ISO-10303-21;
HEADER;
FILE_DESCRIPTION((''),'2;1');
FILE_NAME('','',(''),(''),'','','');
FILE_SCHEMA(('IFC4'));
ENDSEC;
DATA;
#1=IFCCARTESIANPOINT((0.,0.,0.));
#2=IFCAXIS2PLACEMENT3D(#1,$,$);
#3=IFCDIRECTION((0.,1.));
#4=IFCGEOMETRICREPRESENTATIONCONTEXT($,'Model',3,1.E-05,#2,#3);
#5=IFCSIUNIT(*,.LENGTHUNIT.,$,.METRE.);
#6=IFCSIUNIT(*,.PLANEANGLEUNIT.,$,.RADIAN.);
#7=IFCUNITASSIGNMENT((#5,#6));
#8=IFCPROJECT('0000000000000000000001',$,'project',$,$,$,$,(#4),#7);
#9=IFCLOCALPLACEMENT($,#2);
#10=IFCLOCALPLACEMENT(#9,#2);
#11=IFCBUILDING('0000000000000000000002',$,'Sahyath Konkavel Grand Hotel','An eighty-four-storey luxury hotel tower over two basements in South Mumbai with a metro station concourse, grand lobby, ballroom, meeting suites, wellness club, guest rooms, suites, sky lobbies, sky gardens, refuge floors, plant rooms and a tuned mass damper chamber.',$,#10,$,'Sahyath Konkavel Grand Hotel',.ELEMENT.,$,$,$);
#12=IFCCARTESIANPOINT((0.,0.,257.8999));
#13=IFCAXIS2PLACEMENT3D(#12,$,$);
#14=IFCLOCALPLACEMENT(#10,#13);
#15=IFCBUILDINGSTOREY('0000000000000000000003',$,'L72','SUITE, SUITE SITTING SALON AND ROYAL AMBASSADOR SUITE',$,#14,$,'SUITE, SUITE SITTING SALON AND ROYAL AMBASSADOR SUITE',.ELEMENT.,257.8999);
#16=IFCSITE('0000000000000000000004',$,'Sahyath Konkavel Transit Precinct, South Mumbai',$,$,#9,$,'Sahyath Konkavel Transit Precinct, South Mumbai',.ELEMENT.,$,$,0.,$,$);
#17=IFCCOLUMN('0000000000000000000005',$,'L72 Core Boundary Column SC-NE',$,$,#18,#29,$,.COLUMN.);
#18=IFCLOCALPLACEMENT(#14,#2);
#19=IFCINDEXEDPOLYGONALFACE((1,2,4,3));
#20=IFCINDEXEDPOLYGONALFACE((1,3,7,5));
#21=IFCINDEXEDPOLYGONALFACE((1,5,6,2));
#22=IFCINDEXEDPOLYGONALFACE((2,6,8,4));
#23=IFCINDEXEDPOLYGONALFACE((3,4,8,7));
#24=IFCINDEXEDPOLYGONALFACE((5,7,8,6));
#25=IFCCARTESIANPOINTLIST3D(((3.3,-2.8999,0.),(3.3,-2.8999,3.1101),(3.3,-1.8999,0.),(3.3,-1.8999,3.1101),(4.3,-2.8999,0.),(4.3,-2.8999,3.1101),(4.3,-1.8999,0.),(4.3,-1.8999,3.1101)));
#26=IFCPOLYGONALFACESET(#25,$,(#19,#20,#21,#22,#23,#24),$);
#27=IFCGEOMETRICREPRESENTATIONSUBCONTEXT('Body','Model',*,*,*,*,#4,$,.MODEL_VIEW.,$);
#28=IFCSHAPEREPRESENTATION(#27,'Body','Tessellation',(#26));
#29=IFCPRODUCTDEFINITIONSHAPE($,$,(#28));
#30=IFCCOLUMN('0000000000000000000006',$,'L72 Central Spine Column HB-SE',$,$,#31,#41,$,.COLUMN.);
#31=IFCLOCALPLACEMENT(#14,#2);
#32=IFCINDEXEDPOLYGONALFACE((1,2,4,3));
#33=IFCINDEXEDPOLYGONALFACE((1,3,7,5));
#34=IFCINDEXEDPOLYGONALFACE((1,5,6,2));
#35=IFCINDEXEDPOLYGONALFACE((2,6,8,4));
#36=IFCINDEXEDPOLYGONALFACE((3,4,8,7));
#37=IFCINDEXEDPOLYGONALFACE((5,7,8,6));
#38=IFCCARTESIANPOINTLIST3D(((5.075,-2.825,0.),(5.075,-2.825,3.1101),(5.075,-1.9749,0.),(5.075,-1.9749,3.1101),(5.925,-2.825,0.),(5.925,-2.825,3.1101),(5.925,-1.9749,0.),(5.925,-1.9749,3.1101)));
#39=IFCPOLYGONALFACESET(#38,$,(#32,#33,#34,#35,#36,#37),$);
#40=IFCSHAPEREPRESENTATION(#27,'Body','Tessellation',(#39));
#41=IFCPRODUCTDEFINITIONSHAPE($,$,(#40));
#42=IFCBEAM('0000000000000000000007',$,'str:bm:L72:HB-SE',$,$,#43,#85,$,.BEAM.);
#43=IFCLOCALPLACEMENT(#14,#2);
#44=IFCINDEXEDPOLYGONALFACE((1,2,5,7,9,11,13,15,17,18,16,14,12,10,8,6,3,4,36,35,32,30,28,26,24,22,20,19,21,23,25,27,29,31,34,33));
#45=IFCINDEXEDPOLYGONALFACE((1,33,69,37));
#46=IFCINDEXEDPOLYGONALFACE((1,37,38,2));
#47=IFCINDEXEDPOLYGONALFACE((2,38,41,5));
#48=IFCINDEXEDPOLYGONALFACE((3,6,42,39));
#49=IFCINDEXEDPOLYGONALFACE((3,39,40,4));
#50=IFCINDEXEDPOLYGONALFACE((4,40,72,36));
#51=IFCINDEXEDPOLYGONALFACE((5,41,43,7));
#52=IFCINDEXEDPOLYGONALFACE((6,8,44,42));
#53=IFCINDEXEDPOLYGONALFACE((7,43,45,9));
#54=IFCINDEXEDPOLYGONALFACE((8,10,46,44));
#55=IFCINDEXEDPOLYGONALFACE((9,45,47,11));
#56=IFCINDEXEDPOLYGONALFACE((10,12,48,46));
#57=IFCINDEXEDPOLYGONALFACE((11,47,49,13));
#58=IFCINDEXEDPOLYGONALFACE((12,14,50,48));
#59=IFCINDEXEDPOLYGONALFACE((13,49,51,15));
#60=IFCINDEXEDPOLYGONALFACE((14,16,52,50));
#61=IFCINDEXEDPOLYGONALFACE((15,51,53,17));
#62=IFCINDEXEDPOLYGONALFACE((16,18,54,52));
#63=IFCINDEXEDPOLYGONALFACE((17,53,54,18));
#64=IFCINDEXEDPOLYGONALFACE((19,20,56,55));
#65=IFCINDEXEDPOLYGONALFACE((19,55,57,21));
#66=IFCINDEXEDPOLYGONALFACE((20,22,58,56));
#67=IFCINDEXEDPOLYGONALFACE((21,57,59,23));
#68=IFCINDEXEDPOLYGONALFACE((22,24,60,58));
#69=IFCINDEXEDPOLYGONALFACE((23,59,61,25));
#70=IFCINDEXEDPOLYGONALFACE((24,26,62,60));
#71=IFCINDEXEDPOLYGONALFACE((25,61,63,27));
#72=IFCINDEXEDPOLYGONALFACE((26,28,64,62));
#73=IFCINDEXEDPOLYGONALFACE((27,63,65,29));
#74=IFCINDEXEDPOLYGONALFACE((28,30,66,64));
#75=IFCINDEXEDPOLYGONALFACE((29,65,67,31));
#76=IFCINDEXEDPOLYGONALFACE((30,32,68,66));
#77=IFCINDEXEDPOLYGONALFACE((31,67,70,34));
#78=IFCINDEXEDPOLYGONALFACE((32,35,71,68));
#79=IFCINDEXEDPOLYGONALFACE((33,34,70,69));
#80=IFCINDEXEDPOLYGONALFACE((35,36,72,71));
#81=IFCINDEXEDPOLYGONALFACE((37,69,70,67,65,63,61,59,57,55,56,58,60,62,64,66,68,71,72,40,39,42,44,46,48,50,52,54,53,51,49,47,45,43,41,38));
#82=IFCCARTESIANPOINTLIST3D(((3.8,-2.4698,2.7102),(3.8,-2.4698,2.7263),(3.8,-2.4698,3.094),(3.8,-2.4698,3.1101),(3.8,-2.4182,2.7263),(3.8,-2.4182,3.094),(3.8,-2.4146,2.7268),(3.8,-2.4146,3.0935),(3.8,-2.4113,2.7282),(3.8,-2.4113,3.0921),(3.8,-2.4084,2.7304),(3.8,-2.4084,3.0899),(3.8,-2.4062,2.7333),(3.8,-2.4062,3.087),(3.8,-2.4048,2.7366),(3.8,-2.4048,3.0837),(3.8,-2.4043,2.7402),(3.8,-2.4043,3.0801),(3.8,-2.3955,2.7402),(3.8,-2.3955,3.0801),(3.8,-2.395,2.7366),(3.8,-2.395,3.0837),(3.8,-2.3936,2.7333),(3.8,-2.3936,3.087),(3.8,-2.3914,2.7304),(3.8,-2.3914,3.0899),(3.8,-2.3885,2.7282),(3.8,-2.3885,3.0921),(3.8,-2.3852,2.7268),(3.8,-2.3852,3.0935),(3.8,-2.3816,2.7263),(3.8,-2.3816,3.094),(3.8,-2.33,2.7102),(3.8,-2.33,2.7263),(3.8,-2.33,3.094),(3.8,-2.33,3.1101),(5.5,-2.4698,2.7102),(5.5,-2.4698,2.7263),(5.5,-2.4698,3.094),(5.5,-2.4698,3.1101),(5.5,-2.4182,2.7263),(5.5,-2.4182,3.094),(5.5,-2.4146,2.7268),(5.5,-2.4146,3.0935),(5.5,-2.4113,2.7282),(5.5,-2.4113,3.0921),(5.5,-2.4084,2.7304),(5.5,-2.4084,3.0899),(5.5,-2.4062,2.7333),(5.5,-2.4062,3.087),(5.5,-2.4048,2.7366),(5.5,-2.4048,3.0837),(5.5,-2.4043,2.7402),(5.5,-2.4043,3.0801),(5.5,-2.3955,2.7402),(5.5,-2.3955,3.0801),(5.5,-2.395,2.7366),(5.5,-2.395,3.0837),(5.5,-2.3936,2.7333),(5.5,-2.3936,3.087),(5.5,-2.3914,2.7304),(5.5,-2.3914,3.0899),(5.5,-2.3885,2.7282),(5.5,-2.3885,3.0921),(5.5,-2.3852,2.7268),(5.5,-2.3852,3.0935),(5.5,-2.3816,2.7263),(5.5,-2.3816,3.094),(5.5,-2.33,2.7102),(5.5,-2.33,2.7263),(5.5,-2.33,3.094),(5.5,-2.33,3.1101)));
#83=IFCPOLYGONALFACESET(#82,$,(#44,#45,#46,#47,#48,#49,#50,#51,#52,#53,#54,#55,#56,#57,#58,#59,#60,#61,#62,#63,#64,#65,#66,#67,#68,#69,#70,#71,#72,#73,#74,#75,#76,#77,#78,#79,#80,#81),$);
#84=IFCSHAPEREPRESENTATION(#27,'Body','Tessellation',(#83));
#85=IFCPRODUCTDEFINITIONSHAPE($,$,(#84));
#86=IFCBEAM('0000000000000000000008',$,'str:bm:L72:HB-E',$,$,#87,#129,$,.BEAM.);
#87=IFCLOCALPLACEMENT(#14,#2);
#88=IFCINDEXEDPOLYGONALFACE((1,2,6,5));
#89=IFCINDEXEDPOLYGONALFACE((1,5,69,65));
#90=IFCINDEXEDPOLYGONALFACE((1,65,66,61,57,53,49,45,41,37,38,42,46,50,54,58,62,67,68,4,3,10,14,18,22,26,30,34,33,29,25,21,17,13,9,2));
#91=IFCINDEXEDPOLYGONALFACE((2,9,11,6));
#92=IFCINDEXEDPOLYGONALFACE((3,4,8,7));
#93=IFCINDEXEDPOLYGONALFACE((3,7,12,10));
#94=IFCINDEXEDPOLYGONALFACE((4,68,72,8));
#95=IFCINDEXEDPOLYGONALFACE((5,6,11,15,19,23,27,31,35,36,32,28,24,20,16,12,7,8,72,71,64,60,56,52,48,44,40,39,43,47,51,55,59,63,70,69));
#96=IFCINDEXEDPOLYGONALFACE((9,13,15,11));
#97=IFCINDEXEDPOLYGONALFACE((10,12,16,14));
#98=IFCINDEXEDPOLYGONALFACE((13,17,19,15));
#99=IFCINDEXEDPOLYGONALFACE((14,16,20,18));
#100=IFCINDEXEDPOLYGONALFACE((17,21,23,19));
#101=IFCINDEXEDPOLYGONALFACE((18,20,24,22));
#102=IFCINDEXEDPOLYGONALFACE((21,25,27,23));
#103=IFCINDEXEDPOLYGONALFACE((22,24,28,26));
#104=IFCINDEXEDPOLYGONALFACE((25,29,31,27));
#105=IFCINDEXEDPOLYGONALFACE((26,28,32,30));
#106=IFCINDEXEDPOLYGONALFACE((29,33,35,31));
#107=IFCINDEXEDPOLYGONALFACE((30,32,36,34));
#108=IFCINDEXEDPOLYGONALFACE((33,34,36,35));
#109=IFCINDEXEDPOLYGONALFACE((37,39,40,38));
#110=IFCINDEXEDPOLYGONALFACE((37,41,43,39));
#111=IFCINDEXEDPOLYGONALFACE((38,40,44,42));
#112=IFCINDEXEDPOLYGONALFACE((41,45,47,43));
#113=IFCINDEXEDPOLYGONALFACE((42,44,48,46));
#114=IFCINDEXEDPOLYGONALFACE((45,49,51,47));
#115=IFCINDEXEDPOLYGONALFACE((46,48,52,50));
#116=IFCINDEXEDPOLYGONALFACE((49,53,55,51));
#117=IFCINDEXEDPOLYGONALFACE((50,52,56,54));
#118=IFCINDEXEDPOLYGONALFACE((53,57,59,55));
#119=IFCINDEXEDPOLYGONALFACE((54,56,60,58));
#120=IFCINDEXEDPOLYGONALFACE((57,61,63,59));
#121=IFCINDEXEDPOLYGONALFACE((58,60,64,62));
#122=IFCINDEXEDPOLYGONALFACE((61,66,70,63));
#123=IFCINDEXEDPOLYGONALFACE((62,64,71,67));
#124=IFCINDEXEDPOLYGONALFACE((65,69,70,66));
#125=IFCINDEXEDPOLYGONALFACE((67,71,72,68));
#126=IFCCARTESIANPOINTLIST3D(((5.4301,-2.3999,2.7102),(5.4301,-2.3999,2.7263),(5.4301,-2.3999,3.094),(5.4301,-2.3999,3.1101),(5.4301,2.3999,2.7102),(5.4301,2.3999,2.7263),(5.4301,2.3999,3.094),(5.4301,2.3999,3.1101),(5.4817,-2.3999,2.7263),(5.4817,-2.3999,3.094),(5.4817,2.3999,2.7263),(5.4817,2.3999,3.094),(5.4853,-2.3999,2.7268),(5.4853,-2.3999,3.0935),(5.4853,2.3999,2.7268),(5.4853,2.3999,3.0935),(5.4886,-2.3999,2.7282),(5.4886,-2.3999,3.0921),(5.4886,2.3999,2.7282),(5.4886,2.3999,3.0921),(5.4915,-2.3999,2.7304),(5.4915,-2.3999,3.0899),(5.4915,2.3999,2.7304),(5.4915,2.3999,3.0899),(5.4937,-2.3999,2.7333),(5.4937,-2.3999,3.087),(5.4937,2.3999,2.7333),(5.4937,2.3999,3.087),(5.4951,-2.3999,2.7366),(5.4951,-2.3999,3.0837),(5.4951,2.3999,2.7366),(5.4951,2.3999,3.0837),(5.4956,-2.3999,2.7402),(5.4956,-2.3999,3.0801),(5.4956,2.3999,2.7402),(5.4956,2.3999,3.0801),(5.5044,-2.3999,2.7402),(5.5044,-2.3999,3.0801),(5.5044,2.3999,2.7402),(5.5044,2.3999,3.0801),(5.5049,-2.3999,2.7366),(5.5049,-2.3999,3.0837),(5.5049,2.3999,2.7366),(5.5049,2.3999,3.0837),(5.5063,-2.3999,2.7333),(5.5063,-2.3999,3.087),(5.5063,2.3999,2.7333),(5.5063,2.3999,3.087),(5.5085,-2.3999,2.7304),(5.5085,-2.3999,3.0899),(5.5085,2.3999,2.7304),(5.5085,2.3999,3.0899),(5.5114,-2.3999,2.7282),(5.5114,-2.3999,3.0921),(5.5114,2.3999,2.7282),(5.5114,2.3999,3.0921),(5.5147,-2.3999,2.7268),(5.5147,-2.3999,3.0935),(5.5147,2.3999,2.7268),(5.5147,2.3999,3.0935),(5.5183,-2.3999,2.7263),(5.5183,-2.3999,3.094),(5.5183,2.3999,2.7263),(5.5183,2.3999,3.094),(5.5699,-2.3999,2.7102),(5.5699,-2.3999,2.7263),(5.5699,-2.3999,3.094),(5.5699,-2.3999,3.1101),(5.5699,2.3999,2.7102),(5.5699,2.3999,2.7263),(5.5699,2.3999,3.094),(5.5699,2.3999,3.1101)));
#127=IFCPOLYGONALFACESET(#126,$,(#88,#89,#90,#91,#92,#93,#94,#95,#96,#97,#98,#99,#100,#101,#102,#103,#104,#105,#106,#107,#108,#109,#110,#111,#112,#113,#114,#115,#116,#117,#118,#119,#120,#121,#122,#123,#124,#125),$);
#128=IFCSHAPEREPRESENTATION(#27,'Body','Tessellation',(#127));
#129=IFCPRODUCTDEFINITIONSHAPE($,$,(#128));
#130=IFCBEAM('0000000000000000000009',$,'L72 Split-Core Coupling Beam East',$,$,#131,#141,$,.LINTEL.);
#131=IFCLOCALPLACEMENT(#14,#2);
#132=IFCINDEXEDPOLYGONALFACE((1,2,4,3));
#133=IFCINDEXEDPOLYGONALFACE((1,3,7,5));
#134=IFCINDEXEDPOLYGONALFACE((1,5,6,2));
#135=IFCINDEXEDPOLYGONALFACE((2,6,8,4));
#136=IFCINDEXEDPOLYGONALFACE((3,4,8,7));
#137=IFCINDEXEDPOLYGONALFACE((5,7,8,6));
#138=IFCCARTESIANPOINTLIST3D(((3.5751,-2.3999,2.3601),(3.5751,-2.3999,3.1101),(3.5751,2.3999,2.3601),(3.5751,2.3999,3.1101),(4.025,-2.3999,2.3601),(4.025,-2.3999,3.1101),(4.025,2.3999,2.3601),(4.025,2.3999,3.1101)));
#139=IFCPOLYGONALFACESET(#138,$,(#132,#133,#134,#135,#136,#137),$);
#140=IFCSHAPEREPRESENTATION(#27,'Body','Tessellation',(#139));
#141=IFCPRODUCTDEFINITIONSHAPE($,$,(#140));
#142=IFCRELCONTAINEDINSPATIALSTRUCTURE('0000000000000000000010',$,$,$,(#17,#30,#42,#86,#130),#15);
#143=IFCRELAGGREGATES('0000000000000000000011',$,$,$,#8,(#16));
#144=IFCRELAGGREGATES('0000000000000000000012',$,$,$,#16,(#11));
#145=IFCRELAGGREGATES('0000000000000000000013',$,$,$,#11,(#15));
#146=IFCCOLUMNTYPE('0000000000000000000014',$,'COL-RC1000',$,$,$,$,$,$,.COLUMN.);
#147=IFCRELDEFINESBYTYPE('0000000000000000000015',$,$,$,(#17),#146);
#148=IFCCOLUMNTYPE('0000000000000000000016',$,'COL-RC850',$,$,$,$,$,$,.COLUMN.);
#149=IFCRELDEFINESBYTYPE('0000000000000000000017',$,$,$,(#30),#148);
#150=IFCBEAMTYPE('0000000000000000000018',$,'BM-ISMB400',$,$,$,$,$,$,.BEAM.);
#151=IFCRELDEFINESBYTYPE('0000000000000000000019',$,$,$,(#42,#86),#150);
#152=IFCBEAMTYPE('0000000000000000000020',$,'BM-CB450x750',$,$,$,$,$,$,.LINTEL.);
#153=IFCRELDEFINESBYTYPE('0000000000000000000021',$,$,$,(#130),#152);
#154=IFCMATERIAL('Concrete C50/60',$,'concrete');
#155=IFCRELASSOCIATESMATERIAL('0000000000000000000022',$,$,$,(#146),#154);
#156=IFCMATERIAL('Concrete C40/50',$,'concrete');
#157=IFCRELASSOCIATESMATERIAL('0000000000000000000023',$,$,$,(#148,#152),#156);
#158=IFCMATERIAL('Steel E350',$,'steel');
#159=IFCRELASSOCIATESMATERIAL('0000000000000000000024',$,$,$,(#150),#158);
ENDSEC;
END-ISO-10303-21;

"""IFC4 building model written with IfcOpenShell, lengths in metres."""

from ifc_helpers import new_model, si_unit, direction, frame, origin, origin_2d, place, context, subcontext, project, spatial, rectangle, i_section, extrude, source, transform, mapped, material, material_profile, profile_set, type_object, element, save


model = new_model("IFC4")

# Units and contexts
model_context = context("Model", 3, precision=1e-05, world=origin(), true_north=direction((0.0, 1.0)))
body_context = subcontext(model_context, "Body", "Model", "MODEL_VIEW")
ifc_project = project(units=[si_unit("LENGTHUNIT", "METRE"), si_unit("PLANEANGLEUNIT", "RADIAN")], contexts=[model_context])

# Site, building, storey
site_placement = place(None, origin())
site = spatial("IfcSite", under=ifc_project, at=site_placement, Name="Sahyath Konkavel Transit Precinct, South Mumbai", LongName="Sahyath Konkavel Transit Precinct, South Mumbai", CompositionType="ELEMENT", RefElevation=0.0)
building_placement = place(site_placement, origin())
building = spatial("IfcBuilding", under=site, at=building_placement, Name="Sahyath Konkavel Grand Hotel", Description="An eighty-four-storey luxury hotel tower over two basements in South Mumbai with a metro station concourse, grand lobby, ballroom, meeting suites, wellness club, guest rooms, suites, sky lobbies, sky gardens, refuge floors, plant rooms and a tuned mass damper chamber.", LongName="Sahyath Konkavel Grand Hotel", CompositionType="ELEMENT")
storey_placement = place(building_placement, frame((0.0, 0.0, 257.8999)))
storey = spatial("IfcBuildingStorey", under=building, at=storey_placement, Name="L72", Description="SUITE, SUITE SITTING SALON AND ROYAL AMBASSADOR SUITE", LongName="SUITE, SUITE SITTING SALON AND ROYAL AMBASSADOR SUITE", CompositionType="ELEMENT", Elevation=257.8999)

# Columns
ifc_material_1 = material(Name="Concrete C50/60", Category="concrete")
ifc_material_profile_1 = material_profile(ifc_material_1, rectangle(XDim=1.0, YDim=1.0, at=origin_2d()), Name="RC 1000x1000")
ifc_profile_set_1 = profile_set([ifc_material_profile_1], Name="Concrete C50/60")
column_type_1 = type_object("IfcColumnType", Name="COL-RC1000", PredefinedType="COLUMN", material=ifc_profile_set_1)
shared_shape_1 = source(origin(), body_context, "Body", "SweptSolid", [
    extrude(rectangle(XDim=1.0, YDim=1.0, at=origin_2d()), origin(), (0.0, 0.0, 1.0), 3.1101),
])
column_1_placement = place(storey_placement, frame((3.8, -2.3999, 0.0), z_axis=(0.0, 0.0, 1.0), x_axis=(1.0, 0.0, 0.0)))
element("IfcColumn", 1, at=column_1_placement, inside=storey, type_object=column_type_1, Name="L72 Core Boundary Column SC-NE", PredefinedType="COLUMN", context=body_context, shape_type="MappedRepresentation", body=[
    mapped(shared_shape_1, transform((0.0, 0.0, 0.0), scale=1.0)),
])
ifc_material_2 = material(Name="Concrete C40/50", Category="concrete")
ifc_material_profile_2 = material_profile(ifc_material_2, rectangle(XDim=0.8501, YDim=0.8501, at=origin_2d()), Name="RC 850x850")
ifc_profile_set_2 = profile_set([ifc_material_profile_2], Name="Concrete C40/50")
column_type_2 = type_object("IfcColumnType", Name="COL-RC850", PredefinedType="COLUMN", material=ifc_profile_set_2)
shared_shape_2 = source(origin(), body_context, "Body", "SweptSolid", [
    extrude(rectangle(XDim=0.8501, YDim=0.8501, at=origin_2d()), origin(), (0.0, 0.0, 1.0), 3.1101),
])
column_2_placement = place(storey_placement, frame((5.5, -2.3999, 0.0), z_axis=(0.0, 0.0, 1.0), x_axis=(1.0, 0.0, 0.0)))
element("IfcColumn", 2, at=column_2_placement, inside=storey, type_object=column_type_2, Name="L72 Central Spine Column HB-SE", PredefinedType="COLUMN", context=body_context, shape_type="MappedRepresentation", body=[
    mapped(shared_shape_2, transform((0.0, 0.0, 0.0), scale=1.0)),
])

# Beams
ifc_material_3 = material(Name="Steel E350", Category="steel")
ifc_material_profile_3 = material_profile(ifc_material_3, i_section(OverallWidth=0.1399, OverallDepth=0.3999, WebThickness=0.0088, FlangeThickness=0.0161, FilletRadius=0.0139, at=origin_2d()), Name="ISMB 400")
ifc_profile_set_3 = profile_set([ifc_material_profile_3], Name="Steel E350")
beam_type_1 = type_object("IfcBeamType", Name="BM-ISMB400", PredefinedType="BEAM", material=ifc_profile_set_3)
shared_shape_3 = source(origin(), body_context, "Body", "SweptSolid", [
    extrude(i_section(OverallWidth=0.1399, OverallDepth=0.3999, WebThickness=0.0088, FlangeThickness=0.0161, FilletRadius=0.0139, at=origin_2d()), origin(), (0.0, 0.0, 1.0), 1.7),
])
beam_1_placement = place(storey_placement, frame((3.8, -2.3999, 2.9102), z_axis=(1.0, 0.0, 0.0), x_axis=(0.0, 1.0, 0.0)))
element("IfcBeam", 3, at=beam_1_placement, inside=storey, type_object=beam_type_1, Name="str:bm:L72:HB-SE", PredefinedType="BEAM", context=body_context, shape_type="MappedRepresentation", body=[
    mapped(shared_shape_3, transform((0.0, 0.0, 0.0), scale=1.0)),
])
shared_shape_4 = source(origin(), body_context, "Body", "SweptSolid", [
    extrude(i_section(OverallWidth=0.1399, OverallDepth=0.3999, WebThickness=0.0088, FlangeThickness=0.0161, FilletRadius=0.0139, at=origin_2d()), origin(), (0.0, 0.0, 1.0), 4.7998),
])
beam_2_placement = place(storey_placement, frame((5.5, -2.3999, 2.9102), z_axis=(0.0, 1.0, 0.0), x_axis=(-1.0, 0.0, 0.0)))
element("IfcBeam", 4, at=beam_2_placement, inside=storey, type_object=beam_type_1, Name="str:bm:L72:HB-E", PredefinedType="BEAM", context=body_context, shape_type="MappedRepresentation", body=[
    mapped(shared_shape_4, transform((0.0, 0.0, 0.0), scale=1.0)),
])
ifc_material_profile_4 = material_profile(ifc_material_2, rectangle(XDim=0.45, YDim=0.75, at=origin_2d()), Name="RC 450x750")
ifc_profile_set_4 = profile_set([ifc_material_profile_4], Name="Concrete C40/50")
beam_type_2 = type_object("IfcBeamType", Name="BM-CB450x750", PredefinedType="LINTEL", material=ifc_profile_set_4)
shared_shape_5 = source(origin(), body_context, "Body", "SweptSolid", [
    extrude(rectangle(XDim=0.45, YDim=0.75, at=origin_2d()), origin(), (0.0, 0.0, 1.0), 4.7998),
])
beam_3_placement = place(storey_placement, frame((3.8, -2.3999, 2.7351), z_axis=(0.0, 1.0, 0.0), x_axis=(-1.0, 0.0, 0.0)))
element("IfcBeam", 5, at=beam_3_placement, inside=storey, type_object=beam_type_2, Name="L72 Split-Core Coupling Beam East", PredefinedType="LINTEL", context=body_context, shape_type="MappedRepresentation", body=[
    mapped(shared_shape_5, transform((0.0, 0.0, 0.0), scale=1.0)),
])

save(model, "model.ifc")
